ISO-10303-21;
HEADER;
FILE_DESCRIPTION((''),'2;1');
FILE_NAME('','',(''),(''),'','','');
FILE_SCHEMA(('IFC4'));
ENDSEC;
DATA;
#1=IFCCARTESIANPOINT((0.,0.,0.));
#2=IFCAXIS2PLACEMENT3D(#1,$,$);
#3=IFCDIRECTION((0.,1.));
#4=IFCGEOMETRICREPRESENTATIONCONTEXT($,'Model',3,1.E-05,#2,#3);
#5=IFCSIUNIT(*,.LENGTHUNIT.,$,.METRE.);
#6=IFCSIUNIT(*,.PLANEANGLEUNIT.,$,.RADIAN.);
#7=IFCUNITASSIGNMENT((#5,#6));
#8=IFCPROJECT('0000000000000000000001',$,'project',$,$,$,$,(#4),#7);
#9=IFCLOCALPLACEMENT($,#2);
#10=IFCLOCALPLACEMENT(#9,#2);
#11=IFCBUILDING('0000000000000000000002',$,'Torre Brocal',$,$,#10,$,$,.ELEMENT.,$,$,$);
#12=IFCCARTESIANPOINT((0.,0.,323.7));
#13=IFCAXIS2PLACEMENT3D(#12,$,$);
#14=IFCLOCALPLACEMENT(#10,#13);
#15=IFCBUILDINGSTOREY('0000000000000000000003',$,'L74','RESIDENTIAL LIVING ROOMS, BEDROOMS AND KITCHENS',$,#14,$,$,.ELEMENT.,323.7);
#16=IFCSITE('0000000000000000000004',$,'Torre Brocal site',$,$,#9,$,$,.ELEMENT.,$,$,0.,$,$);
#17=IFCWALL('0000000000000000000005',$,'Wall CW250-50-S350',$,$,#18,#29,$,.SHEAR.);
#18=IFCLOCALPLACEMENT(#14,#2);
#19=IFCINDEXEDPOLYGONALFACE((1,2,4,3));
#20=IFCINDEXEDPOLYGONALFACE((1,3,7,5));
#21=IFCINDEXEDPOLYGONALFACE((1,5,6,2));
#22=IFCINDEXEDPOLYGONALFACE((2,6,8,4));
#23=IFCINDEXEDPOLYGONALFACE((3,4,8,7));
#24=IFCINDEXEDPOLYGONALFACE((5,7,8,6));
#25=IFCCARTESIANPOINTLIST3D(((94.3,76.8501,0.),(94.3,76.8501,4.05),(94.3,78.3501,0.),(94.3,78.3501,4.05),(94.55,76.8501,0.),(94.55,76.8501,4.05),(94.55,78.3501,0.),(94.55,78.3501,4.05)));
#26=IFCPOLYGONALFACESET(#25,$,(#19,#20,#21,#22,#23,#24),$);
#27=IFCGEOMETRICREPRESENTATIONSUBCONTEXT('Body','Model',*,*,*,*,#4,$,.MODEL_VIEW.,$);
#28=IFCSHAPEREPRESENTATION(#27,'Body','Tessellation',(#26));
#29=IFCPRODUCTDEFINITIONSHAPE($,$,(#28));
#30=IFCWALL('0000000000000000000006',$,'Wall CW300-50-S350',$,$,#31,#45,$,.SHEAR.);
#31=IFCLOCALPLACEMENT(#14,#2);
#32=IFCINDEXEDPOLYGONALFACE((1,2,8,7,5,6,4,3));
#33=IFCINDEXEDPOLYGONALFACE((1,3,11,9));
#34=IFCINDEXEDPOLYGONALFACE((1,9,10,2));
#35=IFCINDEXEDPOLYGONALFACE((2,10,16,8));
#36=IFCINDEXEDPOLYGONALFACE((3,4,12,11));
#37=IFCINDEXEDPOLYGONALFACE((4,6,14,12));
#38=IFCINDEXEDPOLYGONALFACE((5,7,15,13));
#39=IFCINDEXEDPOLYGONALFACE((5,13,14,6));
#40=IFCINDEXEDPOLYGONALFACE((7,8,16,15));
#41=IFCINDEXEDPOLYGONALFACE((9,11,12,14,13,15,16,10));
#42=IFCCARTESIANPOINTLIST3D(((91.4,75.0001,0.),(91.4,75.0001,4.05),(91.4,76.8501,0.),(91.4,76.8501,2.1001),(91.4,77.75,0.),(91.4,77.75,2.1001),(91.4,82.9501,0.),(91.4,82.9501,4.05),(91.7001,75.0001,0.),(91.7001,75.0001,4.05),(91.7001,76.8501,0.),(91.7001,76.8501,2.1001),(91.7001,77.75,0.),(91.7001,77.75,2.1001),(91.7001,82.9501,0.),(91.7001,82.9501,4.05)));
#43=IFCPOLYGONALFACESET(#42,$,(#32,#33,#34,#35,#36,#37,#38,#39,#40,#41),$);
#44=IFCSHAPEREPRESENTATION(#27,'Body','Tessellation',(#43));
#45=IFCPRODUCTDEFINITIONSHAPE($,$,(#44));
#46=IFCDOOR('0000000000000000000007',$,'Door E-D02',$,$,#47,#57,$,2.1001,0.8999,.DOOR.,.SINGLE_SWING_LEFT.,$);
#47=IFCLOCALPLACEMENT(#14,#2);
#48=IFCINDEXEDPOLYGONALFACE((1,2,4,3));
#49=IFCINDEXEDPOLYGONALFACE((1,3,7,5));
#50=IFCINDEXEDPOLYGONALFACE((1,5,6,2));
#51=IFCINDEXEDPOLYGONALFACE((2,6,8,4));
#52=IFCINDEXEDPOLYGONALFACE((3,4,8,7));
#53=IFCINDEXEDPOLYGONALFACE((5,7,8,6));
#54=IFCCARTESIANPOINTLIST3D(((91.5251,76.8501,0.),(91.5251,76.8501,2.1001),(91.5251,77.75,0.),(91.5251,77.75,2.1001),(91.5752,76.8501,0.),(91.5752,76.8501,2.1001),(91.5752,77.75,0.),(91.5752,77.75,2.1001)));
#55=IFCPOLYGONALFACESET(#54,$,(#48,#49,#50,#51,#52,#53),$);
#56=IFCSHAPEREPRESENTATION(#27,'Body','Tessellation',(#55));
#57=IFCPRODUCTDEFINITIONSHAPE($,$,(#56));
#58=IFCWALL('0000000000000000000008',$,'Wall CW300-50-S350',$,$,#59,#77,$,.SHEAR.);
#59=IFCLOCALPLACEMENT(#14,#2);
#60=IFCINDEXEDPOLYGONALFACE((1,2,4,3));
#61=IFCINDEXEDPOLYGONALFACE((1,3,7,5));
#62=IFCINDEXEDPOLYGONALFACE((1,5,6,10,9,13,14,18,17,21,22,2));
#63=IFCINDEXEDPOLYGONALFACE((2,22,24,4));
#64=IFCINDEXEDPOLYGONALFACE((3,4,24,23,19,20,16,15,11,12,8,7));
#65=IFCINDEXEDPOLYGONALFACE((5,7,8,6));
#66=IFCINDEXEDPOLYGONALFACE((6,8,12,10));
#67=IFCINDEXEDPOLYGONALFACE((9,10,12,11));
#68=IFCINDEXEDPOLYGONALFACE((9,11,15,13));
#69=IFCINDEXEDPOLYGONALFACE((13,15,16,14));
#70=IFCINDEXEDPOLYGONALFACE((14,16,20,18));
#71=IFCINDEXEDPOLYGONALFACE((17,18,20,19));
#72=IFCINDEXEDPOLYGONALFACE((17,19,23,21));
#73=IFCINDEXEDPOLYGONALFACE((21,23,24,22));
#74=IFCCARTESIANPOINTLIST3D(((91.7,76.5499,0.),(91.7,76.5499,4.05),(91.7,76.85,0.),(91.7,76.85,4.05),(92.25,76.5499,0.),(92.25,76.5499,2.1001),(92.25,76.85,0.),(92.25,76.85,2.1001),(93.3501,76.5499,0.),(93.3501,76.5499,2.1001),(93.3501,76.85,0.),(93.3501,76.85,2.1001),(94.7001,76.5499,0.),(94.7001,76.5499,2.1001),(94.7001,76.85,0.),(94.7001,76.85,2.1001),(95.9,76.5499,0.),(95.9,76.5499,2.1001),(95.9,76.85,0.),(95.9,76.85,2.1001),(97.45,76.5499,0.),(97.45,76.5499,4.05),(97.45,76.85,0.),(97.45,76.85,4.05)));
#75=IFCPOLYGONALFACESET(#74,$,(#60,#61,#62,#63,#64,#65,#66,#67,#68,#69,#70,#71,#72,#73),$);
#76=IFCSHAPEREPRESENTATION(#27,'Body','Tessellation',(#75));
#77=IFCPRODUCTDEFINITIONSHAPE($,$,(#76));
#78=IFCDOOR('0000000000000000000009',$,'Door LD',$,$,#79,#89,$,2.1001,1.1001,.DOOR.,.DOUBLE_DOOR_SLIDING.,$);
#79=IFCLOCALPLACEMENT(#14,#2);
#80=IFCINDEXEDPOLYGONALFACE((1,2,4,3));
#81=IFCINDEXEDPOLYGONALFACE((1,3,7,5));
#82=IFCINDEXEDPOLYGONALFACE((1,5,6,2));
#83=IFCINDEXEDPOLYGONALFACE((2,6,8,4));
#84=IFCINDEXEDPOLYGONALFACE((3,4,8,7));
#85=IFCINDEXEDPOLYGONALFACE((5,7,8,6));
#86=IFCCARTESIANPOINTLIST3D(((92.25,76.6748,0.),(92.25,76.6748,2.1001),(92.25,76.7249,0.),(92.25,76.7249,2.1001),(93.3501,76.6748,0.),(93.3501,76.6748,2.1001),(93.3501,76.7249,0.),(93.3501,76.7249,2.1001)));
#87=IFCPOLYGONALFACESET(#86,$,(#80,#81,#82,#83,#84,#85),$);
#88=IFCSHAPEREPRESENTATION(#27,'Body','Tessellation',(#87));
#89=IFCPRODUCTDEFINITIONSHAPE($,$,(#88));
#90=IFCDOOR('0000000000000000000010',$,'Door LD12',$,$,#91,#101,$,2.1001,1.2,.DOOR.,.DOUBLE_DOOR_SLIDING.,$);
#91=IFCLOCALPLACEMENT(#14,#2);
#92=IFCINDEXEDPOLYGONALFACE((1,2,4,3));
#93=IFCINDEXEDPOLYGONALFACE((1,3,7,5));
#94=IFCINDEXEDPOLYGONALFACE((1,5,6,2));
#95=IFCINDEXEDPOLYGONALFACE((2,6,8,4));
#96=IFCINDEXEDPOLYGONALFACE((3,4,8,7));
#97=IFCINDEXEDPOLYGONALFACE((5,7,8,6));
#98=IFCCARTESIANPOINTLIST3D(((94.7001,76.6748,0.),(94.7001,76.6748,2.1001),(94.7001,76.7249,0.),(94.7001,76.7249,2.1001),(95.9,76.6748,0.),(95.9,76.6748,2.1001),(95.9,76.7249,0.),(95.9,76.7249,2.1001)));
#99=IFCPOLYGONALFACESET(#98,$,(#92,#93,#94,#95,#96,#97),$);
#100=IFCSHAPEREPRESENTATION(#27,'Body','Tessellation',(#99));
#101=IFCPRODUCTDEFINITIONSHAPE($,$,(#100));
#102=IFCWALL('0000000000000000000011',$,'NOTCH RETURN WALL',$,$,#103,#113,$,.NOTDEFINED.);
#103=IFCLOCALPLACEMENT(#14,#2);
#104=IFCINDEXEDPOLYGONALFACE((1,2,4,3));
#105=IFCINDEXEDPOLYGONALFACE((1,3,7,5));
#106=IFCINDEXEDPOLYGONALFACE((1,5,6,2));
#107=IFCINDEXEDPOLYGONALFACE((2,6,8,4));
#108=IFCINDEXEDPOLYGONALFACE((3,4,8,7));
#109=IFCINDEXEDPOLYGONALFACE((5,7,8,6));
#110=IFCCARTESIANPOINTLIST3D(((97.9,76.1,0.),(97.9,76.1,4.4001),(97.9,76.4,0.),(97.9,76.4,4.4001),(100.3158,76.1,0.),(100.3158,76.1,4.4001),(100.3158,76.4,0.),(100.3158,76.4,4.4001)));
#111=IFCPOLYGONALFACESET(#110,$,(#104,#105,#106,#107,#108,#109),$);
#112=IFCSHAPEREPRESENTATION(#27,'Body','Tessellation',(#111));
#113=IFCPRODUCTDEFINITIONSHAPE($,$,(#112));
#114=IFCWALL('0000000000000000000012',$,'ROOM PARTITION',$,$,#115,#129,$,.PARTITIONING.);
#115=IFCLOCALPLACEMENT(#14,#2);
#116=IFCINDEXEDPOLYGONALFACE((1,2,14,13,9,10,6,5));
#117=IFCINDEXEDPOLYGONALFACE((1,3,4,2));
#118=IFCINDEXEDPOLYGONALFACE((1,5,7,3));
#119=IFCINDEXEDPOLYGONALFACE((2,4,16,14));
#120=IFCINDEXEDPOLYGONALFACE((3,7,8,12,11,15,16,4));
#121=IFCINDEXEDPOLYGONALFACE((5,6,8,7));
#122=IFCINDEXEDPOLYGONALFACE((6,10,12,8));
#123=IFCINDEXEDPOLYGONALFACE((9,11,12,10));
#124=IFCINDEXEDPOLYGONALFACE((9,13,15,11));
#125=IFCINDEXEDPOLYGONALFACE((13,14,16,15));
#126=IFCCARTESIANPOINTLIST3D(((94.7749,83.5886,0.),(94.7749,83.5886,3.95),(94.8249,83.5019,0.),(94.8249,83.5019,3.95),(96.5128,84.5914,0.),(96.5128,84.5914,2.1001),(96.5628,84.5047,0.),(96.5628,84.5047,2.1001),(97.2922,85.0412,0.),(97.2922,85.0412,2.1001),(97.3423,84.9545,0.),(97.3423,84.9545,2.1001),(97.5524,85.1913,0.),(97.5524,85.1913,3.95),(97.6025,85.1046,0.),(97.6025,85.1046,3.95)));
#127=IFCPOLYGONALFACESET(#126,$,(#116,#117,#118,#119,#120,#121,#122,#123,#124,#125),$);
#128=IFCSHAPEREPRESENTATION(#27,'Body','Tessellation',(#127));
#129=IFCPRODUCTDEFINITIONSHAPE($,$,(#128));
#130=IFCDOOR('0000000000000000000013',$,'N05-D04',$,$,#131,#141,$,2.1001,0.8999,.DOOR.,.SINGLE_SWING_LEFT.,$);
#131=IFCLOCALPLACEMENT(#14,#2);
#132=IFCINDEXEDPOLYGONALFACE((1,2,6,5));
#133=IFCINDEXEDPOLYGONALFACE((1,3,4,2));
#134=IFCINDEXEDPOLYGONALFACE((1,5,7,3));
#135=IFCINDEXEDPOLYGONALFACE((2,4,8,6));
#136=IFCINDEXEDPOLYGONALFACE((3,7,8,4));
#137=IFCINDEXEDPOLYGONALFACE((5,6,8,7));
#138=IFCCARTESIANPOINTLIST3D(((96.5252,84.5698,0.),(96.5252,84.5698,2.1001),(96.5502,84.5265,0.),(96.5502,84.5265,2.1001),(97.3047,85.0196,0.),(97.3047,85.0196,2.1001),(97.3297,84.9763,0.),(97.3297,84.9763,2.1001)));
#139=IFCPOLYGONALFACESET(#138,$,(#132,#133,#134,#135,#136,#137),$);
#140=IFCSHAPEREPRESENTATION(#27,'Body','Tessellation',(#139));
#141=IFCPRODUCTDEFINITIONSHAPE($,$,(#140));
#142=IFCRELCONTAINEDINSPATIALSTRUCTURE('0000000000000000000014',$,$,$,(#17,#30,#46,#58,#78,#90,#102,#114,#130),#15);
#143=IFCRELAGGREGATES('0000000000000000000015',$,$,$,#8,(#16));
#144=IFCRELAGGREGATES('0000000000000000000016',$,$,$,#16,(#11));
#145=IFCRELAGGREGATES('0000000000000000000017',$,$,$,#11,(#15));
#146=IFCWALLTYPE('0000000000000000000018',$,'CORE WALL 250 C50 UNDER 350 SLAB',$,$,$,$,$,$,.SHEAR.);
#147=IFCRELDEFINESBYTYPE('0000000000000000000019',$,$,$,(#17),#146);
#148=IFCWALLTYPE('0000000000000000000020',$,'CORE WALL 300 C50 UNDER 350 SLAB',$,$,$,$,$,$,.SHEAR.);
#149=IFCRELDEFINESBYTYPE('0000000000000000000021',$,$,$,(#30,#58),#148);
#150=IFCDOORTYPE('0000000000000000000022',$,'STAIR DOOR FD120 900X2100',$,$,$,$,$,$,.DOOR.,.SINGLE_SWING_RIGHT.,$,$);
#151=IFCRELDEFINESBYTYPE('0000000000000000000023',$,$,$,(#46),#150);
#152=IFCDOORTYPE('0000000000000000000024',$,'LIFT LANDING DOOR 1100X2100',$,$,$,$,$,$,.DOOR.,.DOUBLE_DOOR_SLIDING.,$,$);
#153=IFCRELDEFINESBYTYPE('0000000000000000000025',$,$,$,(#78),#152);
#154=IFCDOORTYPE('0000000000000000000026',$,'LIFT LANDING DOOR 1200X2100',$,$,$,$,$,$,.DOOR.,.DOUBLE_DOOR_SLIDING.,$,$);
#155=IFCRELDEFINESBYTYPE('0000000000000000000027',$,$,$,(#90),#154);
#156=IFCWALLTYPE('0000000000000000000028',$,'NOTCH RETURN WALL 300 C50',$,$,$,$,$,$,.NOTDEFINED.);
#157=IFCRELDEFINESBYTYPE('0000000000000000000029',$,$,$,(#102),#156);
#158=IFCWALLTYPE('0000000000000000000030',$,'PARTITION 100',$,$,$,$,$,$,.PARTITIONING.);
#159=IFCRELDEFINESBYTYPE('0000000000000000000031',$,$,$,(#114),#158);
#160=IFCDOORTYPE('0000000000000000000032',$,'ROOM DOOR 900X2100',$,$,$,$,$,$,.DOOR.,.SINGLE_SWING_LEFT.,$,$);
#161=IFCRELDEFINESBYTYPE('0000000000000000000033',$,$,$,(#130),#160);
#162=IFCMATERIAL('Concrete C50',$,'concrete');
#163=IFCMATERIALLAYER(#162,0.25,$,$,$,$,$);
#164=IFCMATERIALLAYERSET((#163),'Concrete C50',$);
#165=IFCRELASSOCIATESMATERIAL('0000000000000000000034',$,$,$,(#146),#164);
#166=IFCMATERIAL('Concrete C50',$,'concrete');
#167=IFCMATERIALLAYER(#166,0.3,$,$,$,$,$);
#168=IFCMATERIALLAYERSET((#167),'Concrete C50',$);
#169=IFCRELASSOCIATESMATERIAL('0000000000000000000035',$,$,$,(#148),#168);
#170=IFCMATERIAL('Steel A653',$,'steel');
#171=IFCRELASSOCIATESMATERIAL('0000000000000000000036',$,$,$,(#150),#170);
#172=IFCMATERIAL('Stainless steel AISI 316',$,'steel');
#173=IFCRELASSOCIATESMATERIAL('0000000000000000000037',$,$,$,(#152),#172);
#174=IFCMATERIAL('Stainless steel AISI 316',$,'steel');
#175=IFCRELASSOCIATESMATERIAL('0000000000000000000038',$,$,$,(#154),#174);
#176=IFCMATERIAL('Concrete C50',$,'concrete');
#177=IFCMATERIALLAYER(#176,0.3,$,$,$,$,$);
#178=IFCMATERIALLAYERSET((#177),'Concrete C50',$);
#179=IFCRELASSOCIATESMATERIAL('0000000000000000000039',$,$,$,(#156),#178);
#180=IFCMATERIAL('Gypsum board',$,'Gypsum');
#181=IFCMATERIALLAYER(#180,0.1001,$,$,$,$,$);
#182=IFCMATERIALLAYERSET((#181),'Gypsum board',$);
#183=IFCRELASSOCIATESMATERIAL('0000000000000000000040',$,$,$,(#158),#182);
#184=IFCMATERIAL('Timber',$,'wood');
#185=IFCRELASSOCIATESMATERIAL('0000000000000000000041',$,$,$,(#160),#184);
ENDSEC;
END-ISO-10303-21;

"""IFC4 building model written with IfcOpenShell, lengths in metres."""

from ifc_helpers import new_model, si_unit, direction, frame, frame_2d, origin, place, context, subcontext, project, spatial, rectangle, extrude, material, layer, layer_set, type_object, element, fill, save


model = new_model("IFC4")

# Units and contexts
model_context = context("Model", 3, precision=1e-05, world=origin(), true_north=direction((0.0, 1.0)))
body_context = subcontext(model_context, "Body", "Model", "MODEL_VIEW")
ifc_project = project(units=[si_unit("LENGTHUNIT", "METRE"), si_unit("PLANEANGLEUNIT", "RADIAN")], contexts=[model_context])

# Site, building, storey
site_placement = place(None, origin())
site = spatial("IfcSite", under=ifc_project, at=site_placement, Name="Torre Brocal site", CompositionType="ELEMENT", RefElevation=0.0)
building_placement = place(site_placement, origin())
building = spatial("IfcBuilding", under=site, at=building_placement, Name="Torre Brocal", CompositionType="ELEMENT")
storey_placement = place(building_placement, frame((0.0, 0.0, 323.7)))
storey = spatial("IfcBuildingStorey", under=building, at=storey_placement, Name="L74", Description="RESIDENTIAL LIVING ROOMS, BEDROOMS AND KITCHENS", CompositionType="ELEMENT", Elevation=323.7)

# Shared definitions
ifc_material_1 = material(Name="Concrete C50", Category="concrete")
ifc_layer_1 = layer(ifc_material_1, 0.25)
ifc_layer_set_1 = layer_set([ifc_layer_1], Name="Concrete C50")
wall_type_1 = type_object("IfcWallType", Name="CORE WALL 250 C50 UNDER 350 SLAB", PredefinedType="SHEAR", material=ifc_layer_set_1)

# Wall
wall_1_placement = place(storey_placement, frame((94.425, 76.8501, 0.0), z_axis=(0.0, 0.0, 1.0), x_axis=(0.0, 1.0, 0.0)))
element("IfcWall", 1, at=wall_1_placement, inside=storey, type_object=wall_type_1, Name="Wall CW250-50-S350", PredefinedType="SHEAR", context=body_context, shape_type="SweptSolid", body=[
    extrude(rectangle(XDim=1.5, YDim=0.25, at=frame_2d((0.75, 0.0))), origin(), (0.0, 0.0, 1.0), 4.05),
])

# Wall, opening, door
ifc_material_2 = material(Name="Concrete C50", Category="concrete")
ifc_layer_2 = layer(ifc_material_2, 0.3)
ifc_layer_set_2 = layer_set([ifc_layer_2], Name="Concrete C50")
wall_type_2 = type_object("IfcWallType", Name="CORE WALL 300 C50 UNDER 350 SLAB", PredefinedType="SHEAR", material=ifc_layer_set_2)
wall_2_placement = place(storey_placement, frame((91.55, 75.0, 0.0), z_axis=(0.0, 0.0, 1.0), x_axis=(0.0, 1.0, 0.0)))
wall_2 = element("IfcWall", 2, at=wall_2_placement, inside=storey, type_object=wall_type_2, Name="Wall CW300-50-S350", PredefinedType="SHEAR", context=body_context, shape_type="SweptSolid", body=[
    extrude(rectangle(XDim=7.95, YDim=0.3, at=frame_2d((3.9751, 0.0))), origin(), (0.0, 0.0, 1.0), 4.05),
])
opening_1_placement = place(wall_2_placement, frame((1.8501, 0.0, 0.0)))
opening_1 = element("IfcOpeningElement", 3, at=opening_1_placement, cuts=wall_2, PredefinedType="OPENING", context=body_context, shape_type="SweptSolid", body=[
    extrude(rectangle(XDim=0.8999, YDim=2.1001, at=frame_2d((0.45, 1.05))), frame((0.0, 0.1599, 0.0), z_axis=(0.0, -1.0, 0.0), x_axis=(1.0, 0.0, 0.0)), (0.0, 0.0, 1.0), 0.3201),
])
ifc_material_3 = material(Name="Steel A653", Category="steel")
door_type_1 = type_object("IfcDoorType", Name="STAIR DOOR FD120 900X2100", OperationType="SINGLE_SWING_RIGHT", PredefinedType="DOOR", material=ifc_material_3)
door_1_placement = place(opening_1_placement, origin())
door_1 = element("IfcDoor", 4, at=door_1_placement, inside=storey, type_object=door_type_1, Name="Door E-D02", OperationType="SINGLE_SWING_LEFT", OverallHeight=2.1001, OverallWidth=0.8999, PredefinedType="DOOR", context=body_context, shape_type="SweptSolid", body=[
    extrude(rectangle(XDim=0.8999, YDim=2.1001, at=frame_2d((0.45, 1.05))), frame((0.0, 0.0249, 0.0), z_axis=(0.0, -1.0, 0.0), x_axis=(1.0, 0.0, 0.0)), (0.0, 0.0, 1.0), 0.05),
])
fill(opening_1, door_1)

# Wall, openings, doors
wall_3_placement = place(storey_placement, frame((91.7, 76.7, 0.0), z_axis=(0.0, 0.0, 1.0), x_axis=(1.0, 0.0, 0.0)))
wall_3 = element("IfcWall", 5, at=wall_3_placement, inside=storey, type_object=wall_type_2, Name="Wall CW300-50-S350", PredefinedType="SHEAR", context=body_context, shape_type="SweptSolid", body=[
    extrude(rectangle(XDim=5.75, YDim=0.3, at=frame_2d((2.875, 0.0))), origin(), (0.0, 0.0, 1.0), 4.05),
])
opening_2_placement = place(wall_3_placement, frame((0.55, 0.0, 0.0)))
opening_2 = element("IfcOpeningElement", 6, at=opening_2_placement, cuts=wall_3, PredefinedType="OPENING", context=body_context, shape_type="SweptSolid", body=[
    extrude(rectangle(XDim=1.1001, YDim=2.1001, at=frame_2d((0.55, 1.05))), frame((0.0, 0.1599, 0.0), z_axis=(0.0, -1.0, 0.0), x_axis=(1.0, 0.0, 0.0)), (0.0, 0.0, 1.0), 0.3201),
])
opening_3_placement = place(wall_3_placement, frame((3.0, 0.0, 0.0)))
opening_3 = element("IfcOpeningElement", 7, at=opening_3_placement, cuts=wall_3, PredefinedType="OPENING", context=body_context, shape_type="SweptSolid", body=[
    extrude(rectangle(XDim=1.2, YDim=2.1001, at=frame_2d((0.6001, 1.05))), frame((0.0, 0.1599, 0.0), z_axis=(0.0, -1.0, 0.0), x_axis=(1.0, 0.0, 0.0)), (0.0, 0.0, 1.0), 0.3201),
])
ifc_material_4 = material(Name="Stainless steel AISI 316", Category="steel")
door_type_2 = type_object("IfcDoorType", Name="LIFT LANDING DOOR 1100X2100", OperationType="DOUBLE_DOOR_SLIDING", PredefinedType="DOOR", material=ifc_material_4)
door_2_placement = place(opening_2_placement, origin())
door_2 = element("IfcDoor", 8, at=door_2_placement, inside=storey, type_object=door_type_2, Name="Door LD", OperationType="DOUBLE_DOOR_SLIDING", OverallHeight=2.1001, OverallWidth=1.1001, PredefinedType="DOOR", context=body_context, shape_type="SweptSolid", body=[
    extrude(rectangle(XDim=1.1001, YDim=2.1001, at=frame_2d((0.55, 1.05))), frame((0.0, 0.0249, 0.0), z_axis=(0.0, -1.0, 0.0), x_axis=(1.0, 0.0, 0.0)), (0.0, 0.0, 1.0), 0.05),
])
fill(opening_2, door_2)
ifc_material_5 = material(Name="Stainless steel AISI 316", Category="steel")
door_type_3 = type_object("IfcDoorType", Name="LIFT LANDING DOOR 1200X2100", OperationType="DOUBLE_DOOR_SLIDING", PredefinedType="DOOR", material=ifc_material_5)
door_3_placement = place(opening_3_placement, origin())
door_3 = element("IfcDoor", 9, at=door_3_placement, inside=storey, type_object=door_type_3, Name="Door LD12", OperationType="DOUBLE_DOOR_SLIDING", OverallHeight=2.1001, OverallWidth=1.2, PredefinedType="DOOR", context=body_context, shape_type="SweptSolid", body=[
    extrude(rectangle(XDim=1.2, YDim=2.1001, at=frame_2d((0.6001, 1.05))), frame((0.0, 0.0249, 0.0), z_axis=(0.0, -1.0, 0.0), x_axis=(1.0, 0.0, 0.0)), (0.0, 0.0, 1.0), 0.05),
])
fill(opening_3, door_3)

# Wall
ifc_material_6 = material(Name="Concrete C50", Category="concrete")
ifc_layer_3 = layer(ifc_material_6, 0.3)
ifc_layer_set_3 = layer_set([ifc_layer_3], Name="Concrete C50")
wall_type_3 = type_object("IfcWallType", Name="NOTCH RETURN WALL 300 C50", PredefinedType="NOTDEFINED", material=ifc_layer_set_3)
wall_4_placement = place(storey_placement, frame((97.8999, 76.25, 0.0), z_axis=(0.0, 0.0, 1.0), x_axis=(1.0, 0.0, 0.0)))
element("IfcWall", 10, at=wall_4_placement, inside=storey, type_object=wall_type_3, Name="NOTCH RETURN WALL", PredefinedType="NOTDEFINED", context=body_context, shape_type="SweptSolid", body=[
    extrude(rectangle(XDim=2.4158, YDim=0.3, at=frame_2d((1.208, 0.0))), origin(), (0.0, 0.0, 1.0), 4.4001),
])

# Wall, opening, door
ifc_material_7 = material(Name="Gypsum board", Category="Gypsum")
ifc_layer_4 = layer(ifc_material_7, 0.1001)
ifc_layer_set_4 = layer_set([ifc_layer_4], Name="Gypsum board")
wall_type_4 = type_object("IfcWallType", Name="PARTITION 100", PredefinedType="PARTITIONING", material=ifc_layer_set_4)
wall_5_placement = place(storey_placement, frame((94.7998, 83.5452, 0.0), z_axis=(0.0, 0.0, 1.0), x_axis=(0.866141, 0.499799, 0.0)))
wall_5 = element("IfcWall", 11, at=wall_5_placement, inside=storey, type_object=wall_type_4, Name="ROOM PARTITION", PredefinedType="PARTITIONING", context=body_context, shape_type="SweptSolid", body=[
    extrude(rectangle(XDim=3.2068, YDim=0.1001, at=frame_2d((1.6035, 0.0))), origin(), (0.0, 0.0, 1.0), 3.95),
])
opening_4_placement = place(wall_5_placement, frame((2.0066, 0.0, 0.0)))
opening_4 = element("IfcOpeningElement", 12, at=opening_4_placement, cuts=wall_5, PredefinedType="OPENING", context=body_context, shape_type="SweptSolid", body=[
    extrude(rectangle(XDim=0.8999, YDim=2.1001, at=frame_2d((0.45, 1.05))), frame((0.0, 0.0601, 0.0), z_axis=(0.0, -1.0, 0.0), x_axis=(1.0, 0.0, 0.0)), (0.0, 0.0, 1.0), 0.1201),
])
ifc_material_8 = material(Name="Timber", Category="wood")
door_type_4 = type_object("IfcDoorType", Name="ROOM DOOR 900X2100", OperationType="SINGLE_SWING_LEFT", PredefinedType="DOOR", material=ifc_material_8)
door_4_placement = place(opening_4_placement, frame((0.8999, 0.0, 0.0), z_axis=(0.0, 0.0, 1.0), x_axis=(-1.0, 0.0, 0.0)))
door_4 = element("IfcDoor", 13, at=door_4_placement, inside=storey, type_object=door_type_4, Name="N05-D04", OperationType="SINGLE_SWING_LEFT", OverallHeight=2.1001, OverallWidth=0.8999, PredefinedType="DOOR", context=body_context, shape_type="SweptSolid", body=[
    extrude(rectangle(XDim=0.8999, YDim=2.1001, at=frame_2d((0.45, 1.05))), frame((0.0, 0.0249, 0.0), z_axis=(0.0, -1.0, 0.0), x_axis=(1.0, 0.0, 0.0)), (0.0, 0.0, 1.0), 0.05),
])
fill(opening_4, door_4)

save(model, "model.ifc")
